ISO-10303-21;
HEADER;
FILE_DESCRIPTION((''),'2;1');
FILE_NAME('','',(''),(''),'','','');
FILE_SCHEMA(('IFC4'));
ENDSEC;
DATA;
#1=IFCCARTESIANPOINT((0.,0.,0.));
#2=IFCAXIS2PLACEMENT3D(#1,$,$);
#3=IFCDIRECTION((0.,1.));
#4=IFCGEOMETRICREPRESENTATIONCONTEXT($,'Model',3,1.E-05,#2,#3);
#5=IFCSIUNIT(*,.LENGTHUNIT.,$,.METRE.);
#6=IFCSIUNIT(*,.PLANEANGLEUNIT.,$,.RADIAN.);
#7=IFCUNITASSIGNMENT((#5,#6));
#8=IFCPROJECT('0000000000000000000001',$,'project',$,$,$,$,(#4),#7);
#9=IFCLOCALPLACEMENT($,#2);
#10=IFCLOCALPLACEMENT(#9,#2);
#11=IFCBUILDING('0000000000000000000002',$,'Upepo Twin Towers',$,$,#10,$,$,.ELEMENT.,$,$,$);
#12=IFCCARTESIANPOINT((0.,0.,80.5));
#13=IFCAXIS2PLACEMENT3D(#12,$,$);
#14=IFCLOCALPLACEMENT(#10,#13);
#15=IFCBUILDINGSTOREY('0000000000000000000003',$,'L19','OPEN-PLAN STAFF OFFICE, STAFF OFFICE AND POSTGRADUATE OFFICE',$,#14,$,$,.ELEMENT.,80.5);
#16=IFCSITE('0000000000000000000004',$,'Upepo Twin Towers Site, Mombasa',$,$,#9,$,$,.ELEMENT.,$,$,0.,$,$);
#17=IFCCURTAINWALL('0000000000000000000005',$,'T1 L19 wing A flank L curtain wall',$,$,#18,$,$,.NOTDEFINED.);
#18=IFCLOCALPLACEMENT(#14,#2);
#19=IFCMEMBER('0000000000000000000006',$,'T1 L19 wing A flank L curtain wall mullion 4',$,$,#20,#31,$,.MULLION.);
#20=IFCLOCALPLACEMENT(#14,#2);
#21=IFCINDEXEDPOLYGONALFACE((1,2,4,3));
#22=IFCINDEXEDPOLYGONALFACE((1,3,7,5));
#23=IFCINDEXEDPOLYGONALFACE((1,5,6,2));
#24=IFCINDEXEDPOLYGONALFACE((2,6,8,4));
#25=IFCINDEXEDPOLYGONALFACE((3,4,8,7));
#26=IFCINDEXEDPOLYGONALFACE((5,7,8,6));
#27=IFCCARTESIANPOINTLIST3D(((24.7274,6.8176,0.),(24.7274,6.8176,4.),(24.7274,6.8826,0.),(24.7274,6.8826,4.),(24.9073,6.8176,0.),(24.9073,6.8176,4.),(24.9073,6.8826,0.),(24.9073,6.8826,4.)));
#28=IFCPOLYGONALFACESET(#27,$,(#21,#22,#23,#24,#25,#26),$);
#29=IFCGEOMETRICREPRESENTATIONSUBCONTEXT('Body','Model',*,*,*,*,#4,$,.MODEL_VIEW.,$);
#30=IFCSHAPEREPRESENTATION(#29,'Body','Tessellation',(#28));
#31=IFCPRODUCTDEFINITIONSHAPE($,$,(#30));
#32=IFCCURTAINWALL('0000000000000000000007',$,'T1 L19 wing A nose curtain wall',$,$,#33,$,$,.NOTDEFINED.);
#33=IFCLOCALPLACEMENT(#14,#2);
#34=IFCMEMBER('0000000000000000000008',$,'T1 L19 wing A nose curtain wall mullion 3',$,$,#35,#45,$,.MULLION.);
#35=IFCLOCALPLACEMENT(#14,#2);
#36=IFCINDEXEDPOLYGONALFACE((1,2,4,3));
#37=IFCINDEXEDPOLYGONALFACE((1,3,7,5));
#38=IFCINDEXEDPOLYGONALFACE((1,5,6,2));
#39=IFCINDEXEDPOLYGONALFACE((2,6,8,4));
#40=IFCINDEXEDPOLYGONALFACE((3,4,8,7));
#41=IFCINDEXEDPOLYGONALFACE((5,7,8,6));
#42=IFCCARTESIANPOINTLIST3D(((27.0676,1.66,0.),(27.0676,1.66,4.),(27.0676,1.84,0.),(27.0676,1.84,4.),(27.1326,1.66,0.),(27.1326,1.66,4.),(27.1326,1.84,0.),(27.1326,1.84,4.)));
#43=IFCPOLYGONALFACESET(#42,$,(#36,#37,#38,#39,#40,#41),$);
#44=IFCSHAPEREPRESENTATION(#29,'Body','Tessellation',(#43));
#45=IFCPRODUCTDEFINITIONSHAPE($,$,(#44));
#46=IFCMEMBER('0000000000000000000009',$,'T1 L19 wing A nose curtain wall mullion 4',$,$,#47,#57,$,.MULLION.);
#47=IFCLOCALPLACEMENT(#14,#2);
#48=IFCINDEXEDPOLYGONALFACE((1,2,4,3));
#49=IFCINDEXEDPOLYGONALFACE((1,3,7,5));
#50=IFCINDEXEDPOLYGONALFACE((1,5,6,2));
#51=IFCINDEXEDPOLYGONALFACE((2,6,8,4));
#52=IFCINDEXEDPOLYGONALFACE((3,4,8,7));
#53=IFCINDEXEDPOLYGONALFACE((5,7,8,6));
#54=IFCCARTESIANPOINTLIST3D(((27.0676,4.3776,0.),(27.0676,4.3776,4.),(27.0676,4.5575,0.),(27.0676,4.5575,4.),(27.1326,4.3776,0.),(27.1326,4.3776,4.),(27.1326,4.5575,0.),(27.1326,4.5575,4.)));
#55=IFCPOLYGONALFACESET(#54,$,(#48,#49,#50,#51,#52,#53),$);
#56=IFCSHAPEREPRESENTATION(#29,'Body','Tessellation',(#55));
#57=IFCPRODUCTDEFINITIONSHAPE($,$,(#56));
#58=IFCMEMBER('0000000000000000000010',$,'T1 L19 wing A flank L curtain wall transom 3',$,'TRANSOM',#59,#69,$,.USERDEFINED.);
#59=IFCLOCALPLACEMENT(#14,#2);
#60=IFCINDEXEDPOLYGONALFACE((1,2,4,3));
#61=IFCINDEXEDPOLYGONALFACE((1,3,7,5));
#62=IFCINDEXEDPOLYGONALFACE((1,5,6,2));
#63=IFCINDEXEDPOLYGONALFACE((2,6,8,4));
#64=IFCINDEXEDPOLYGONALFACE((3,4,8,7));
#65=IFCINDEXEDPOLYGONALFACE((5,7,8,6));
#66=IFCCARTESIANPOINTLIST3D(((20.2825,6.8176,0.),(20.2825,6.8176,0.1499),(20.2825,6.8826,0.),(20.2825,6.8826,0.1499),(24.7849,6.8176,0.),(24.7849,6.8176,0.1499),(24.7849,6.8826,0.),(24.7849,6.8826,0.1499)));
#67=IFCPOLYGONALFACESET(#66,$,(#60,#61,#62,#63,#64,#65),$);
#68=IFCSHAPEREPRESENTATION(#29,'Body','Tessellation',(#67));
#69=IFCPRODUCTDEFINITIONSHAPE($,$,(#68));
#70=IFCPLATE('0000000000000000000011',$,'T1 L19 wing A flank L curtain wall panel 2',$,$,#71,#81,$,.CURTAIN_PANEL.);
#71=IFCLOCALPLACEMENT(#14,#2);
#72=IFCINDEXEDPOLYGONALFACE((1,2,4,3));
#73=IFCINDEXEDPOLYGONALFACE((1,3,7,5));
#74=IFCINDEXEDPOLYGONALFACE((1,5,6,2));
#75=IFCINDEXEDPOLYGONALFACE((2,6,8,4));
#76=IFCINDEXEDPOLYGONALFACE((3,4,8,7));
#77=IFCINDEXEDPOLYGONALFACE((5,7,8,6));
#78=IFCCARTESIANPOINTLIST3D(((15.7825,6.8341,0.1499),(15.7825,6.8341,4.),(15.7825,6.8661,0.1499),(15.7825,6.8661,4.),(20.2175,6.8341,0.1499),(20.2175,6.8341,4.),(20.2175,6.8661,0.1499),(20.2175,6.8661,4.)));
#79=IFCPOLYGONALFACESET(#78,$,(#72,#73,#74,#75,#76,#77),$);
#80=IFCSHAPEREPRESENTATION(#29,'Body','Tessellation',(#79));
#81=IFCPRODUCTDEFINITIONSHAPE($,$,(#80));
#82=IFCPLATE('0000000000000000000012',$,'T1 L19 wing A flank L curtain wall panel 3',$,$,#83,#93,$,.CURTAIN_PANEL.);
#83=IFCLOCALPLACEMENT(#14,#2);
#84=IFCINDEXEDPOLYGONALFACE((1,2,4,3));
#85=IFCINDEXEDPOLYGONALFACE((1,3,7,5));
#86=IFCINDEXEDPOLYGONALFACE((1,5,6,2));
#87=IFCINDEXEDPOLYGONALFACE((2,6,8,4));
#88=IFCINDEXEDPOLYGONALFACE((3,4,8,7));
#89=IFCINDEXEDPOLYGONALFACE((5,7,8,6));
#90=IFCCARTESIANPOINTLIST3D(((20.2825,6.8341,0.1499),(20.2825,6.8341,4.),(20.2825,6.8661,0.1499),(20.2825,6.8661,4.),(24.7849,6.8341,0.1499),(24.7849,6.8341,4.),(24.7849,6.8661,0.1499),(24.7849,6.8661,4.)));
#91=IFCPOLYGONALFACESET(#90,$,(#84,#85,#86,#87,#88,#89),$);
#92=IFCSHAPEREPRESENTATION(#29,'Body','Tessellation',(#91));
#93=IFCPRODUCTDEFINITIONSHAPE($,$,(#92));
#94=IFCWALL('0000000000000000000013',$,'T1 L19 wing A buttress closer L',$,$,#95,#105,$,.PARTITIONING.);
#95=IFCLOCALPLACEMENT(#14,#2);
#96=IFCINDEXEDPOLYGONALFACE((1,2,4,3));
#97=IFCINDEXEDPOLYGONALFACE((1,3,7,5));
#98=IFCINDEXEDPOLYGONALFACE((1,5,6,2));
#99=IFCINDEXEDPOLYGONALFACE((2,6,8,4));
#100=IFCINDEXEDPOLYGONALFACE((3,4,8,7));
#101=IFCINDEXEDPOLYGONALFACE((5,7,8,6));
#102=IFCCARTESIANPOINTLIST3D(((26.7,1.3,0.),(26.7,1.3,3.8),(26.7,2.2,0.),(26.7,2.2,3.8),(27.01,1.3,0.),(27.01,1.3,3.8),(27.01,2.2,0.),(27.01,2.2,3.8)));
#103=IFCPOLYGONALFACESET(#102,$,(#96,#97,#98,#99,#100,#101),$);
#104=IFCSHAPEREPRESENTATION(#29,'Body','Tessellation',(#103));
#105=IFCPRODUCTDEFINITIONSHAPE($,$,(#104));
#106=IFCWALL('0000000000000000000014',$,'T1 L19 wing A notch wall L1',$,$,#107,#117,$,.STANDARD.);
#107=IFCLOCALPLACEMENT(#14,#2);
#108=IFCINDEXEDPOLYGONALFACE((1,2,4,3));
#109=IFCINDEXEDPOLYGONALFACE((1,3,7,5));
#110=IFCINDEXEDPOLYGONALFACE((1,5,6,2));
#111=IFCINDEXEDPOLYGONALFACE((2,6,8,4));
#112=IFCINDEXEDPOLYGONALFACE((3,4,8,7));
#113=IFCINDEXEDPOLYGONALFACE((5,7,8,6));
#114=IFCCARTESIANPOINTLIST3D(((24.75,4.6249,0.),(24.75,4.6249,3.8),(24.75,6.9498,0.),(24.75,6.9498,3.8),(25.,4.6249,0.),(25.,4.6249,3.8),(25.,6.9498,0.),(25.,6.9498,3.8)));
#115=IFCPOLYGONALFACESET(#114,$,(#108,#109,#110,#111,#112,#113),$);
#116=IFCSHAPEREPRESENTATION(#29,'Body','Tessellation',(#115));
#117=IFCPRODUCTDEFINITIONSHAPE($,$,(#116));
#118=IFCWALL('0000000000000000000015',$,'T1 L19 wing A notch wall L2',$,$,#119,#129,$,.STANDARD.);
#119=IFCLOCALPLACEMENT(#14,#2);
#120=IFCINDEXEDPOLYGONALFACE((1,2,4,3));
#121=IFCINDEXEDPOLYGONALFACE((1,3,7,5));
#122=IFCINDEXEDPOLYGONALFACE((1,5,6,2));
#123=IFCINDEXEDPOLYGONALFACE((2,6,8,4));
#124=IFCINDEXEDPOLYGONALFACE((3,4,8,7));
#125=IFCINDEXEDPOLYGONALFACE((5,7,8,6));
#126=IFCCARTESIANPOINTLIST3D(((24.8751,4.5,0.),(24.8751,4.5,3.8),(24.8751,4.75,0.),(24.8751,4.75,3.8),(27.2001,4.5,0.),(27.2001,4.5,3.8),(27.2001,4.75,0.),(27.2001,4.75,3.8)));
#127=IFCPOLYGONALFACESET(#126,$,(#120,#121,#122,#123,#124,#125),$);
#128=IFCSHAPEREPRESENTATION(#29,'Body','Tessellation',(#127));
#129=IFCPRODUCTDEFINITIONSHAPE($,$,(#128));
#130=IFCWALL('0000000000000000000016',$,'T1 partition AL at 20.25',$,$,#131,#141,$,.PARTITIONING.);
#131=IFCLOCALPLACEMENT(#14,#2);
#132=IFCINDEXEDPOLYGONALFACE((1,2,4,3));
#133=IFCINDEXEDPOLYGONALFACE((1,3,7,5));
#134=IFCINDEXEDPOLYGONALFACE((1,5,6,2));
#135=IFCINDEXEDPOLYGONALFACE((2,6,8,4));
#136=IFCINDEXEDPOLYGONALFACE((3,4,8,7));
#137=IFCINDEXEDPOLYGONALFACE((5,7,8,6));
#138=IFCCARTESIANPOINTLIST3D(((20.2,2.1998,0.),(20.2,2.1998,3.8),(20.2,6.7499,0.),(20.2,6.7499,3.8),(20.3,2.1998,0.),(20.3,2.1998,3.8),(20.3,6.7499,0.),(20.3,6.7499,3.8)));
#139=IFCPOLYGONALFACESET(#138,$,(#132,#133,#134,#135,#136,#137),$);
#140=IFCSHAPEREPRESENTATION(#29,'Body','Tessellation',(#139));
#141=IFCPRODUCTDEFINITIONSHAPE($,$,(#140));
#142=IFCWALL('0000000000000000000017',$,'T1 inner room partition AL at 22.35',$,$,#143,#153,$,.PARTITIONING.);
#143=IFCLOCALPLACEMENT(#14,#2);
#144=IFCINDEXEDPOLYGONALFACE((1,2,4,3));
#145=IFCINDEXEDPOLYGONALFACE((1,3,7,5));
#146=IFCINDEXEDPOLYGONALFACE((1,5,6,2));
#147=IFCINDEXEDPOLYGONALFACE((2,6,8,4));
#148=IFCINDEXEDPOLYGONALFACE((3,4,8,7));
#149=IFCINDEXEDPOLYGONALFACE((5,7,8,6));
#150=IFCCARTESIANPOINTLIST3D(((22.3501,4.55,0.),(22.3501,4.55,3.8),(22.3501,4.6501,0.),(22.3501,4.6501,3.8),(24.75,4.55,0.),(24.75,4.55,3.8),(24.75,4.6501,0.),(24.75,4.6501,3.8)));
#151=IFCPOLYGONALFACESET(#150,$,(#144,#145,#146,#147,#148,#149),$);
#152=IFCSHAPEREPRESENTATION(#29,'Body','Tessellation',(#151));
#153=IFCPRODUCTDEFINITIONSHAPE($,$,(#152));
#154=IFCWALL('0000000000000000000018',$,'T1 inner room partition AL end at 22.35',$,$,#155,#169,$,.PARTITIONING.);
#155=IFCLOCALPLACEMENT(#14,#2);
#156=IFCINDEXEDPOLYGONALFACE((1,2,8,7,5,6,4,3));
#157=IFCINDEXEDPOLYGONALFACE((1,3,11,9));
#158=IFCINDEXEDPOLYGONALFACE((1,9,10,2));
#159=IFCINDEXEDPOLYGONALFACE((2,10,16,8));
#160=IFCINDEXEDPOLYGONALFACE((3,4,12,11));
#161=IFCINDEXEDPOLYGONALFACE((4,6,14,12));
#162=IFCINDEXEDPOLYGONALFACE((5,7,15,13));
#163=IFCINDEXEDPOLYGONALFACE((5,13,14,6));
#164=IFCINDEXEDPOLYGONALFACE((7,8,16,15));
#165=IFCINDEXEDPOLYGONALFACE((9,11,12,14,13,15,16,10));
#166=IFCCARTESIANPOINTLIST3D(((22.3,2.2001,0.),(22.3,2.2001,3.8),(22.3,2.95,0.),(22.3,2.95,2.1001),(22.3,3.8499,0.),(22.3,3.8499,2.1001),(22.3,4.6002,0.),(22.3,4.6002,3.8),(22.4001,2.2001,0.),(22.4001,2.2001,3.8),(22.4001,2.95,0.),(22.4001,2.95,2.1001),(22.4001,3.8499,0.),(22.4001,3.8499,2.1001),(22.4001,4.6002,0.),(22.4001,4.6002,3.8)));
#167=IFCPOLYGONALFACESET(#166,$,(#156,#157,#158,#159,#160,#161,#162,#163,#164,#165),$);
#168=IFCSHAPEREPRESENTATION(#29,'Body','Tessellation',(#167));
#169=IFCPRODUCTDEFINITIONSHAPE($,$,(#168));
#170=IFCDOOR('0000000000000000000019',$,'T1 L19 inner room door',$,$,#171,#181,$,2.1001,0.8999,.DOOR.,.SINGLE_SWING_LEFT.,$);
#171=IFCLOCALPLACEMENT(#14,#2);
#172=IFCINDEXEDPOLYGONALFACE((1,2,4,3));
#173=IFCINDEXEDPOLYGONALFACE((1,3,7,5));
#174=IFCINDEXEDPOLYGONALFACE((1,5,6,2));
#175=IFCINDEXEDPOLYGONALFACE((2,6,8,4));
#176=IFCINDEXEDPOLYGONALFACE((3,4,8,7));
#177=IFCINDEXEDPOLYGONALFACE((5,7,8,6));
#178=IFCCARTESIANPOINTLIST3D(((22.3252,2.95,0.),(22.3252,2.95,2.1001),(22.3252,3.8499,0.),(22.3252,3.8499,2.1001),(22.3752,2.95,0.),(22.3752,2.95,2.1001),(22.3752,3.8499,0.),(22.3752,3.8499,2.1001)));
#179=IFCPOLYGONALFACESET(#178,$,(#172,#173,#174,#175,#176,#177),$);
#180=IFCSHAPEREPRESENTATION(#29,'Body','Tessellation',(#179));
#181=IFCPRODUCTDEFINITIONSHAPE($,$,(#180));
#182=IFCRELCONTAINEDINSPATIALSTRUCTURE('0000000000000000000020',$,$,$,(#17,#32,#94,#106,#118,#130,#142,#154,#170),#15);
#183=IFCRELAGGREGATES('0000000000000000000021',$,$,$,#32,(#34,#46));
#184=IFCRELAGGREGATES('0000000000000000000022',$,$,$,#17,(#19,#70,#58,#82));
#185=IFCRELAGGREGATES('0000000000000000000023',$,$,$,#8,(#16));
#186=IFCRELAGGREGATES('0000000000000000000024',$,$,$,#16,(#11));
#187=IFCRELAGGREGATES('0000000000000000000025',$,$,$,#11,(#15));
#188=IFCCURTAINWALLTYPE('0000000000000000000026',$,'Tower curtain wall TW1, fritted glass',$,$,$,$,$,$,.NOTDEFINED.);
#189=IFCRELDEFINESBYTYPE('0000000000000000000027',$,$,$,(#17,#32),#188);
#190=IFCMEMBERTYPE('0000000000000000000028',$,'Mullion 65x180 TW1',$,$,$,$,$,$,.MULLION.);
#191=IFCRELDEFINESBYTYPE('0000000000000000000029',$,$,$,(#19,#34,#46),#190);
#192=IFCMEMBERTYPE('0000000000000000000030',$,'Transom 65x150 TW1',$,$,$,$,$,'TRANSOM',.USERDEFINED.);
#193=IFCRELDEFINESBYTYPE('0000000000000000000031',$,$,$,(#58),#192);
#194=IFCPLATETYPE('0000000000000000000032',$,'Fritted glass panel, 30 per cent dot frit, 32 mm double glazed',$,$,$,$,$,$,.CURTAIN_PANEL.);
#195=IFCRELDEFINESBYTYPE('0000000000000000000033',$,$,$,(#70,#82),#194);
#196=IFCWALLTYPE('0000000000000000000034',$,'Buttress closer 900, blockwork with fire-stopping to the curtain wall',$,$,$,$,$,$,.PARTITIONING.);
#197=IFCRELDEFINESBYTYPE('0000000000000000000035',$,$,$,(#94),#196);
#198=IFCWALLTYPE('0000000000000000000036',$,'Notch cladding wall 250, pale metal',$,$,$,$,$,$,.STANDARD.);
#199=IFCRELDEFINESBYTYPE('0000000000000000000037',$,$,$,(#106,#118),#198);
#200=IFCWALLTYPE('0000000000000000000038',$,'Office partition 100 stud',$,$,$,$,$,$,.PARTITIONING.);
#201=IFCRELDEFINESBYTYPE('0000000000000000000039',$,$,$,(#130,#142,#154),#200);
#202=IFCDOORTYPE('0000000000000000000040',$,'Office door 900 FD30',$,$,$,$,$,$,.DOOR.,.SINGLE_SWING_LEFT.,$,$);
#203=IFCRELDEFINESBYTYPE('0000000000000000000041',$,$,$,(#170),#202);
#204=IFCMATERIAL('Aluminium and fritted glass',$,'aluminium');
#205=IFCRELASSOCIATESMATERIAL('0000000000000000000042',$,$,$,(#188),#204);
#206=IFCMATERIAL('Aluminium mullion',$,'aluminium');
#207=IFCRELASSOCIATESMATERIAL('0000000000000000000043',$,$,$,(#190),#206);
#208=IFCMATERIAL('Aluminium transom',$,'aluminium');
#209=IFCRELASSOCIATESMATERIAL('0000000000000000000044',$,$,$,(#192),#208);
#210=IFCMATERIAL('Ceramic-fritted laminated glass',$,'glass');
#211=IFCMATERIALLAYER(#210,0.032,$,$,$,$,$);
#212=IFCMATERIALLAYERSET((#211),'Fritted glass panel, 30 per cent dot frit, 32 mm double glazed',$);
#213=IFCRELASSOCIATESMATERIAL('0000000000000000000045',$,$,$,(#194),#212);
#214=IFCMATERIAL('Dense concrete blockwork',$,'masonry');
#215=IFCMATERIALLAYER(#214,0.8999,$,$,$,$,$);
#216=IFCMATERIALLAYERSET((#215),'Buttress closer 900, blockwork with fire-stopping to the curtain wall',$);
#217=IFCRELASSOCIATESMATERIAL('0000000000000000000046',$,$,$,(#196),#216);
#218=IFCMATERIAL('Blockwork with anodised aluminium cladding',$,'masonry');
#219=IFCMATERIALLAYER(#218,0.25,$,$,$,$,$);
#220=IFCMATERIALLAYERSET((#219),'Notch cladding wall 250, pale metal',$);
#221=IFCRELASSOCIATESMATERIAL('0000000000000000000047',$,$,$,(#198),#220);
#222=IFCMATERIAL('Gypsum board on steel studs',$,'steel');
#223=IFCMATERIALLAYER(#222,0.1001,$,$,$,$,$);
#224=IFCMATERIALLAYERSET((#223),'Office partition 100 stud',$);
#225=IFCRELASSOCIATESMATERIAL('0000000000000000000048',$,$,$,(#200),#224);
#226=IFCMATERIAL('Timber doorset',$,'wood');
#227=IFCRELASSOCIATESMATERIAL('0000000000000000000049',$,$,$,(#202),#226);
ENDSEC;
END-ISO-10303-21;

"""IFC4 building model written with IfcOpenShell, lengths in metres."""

from ifc_helpers import new_model, si_unit, direction, frame, frame_2d, origin, origin_2d, place, context, subcontext, project, spatial, rectangle, extrude, material, layer, layer_set, material_profile, profile_set, type_object, element, fill, aggregate, save


model = new_model("IFC4")

# Units and contexts
model_context = context("Model", 3, precision=1e-05, world=origin(), true_north=direction((0.0, 1.0)))
body_context = subcontext(model_context, "Body", "Model", "MODEL_VIEW")
ifc_project = project(units=[si_unit("LENGTHUNIT", "METRE"), si_unit("PLANEANGLEUNIT", "RADIAN")], contexts=[model_context])

# Site, building, storey
site_placement = place(None, origin())
site = spatial("IfcSite", under=ifc_project, at=site_placement, Name="Upepo Twin Towers Site, Mombasa", CompositionType="ELEMENT", RefElevation=0.0)
building_placement = place(site_placement, origin())
building = spatial("IfcBuilding", under=site, at=building_placement, Name="Upepo Twin Towers", CompositionType="ELEMENT")
storey_placement = place(building_placement, frame((0.0, 0.0, 80.5)))
storey = spatial("IfcBuildingStorey", under=building, at=storey_placement, Name="L19", Description="OPEN-PLAN STAFF OFFICE, STAFF OFFICE AND POSTGRADUATE OFFICE", CompositionType="ELEMENT", Elevation=80.5)

# Curtain walls, members
ifc_material_1 = material(Name="Aluminium and fritted glass", Category="aluminium")
curtain_wall_type = type_object("IfcCurtainWallType", Name="Tower curtain wall TW1, fritted glass", PredefinedType="NOTDEFINED", material=ifc_material_1)
curtain_wall_1_placement = place(storey_placement, origin())
curtain_wall_1 = element("IfcCurtainWall", 1, at=curtain_wall_1_placement, inside=storey, type_object=curtain_wall_type, Name="T1 L19 wing A flank L curtain wall", PredefinedType="NOTDEFINED")
ifc_material_2 = material(Name="Aluminium mullion", Category="aluminium")
ifc_material_profile_1 = material_profile(ifc_material_2, rectangle(XDim=0.0649, YDim=0.1799, at=origin_2d()), Name="MULLION 65x180")
ifc_profile_set_1 = profile_set([ifc_material_profile_1], Name="Aluminium mullion")
member_type_1 = type_object("IfcMemberType", Name="Mullion 65x180 TW1", PredefinedType="MULLION", material=ifc_profile_set_1)
member_1_placement = place(storey_placement, frame((24.8174, 6.8501, 0.0), z_axis=(0.0, 0.0, 1.0), x_axis=(0.0, 1.0, 0.0)))
member_1 = element("IfcMember", 2, at=member_1_placement, type_object=member_type_1, Name="T1 L19 wing A flank L curtain wall mullion 4", PredefinedType="MULLION", context=body_context, shape_type="SweptSolid", body=[
    extrude(rectangle(XDim=0.0649, YDim=0.1799, at=origin_2d()), origin(), (0.0, 0.0, 1.0), 4.0),
])
curtain_wall_2_placement = place(storey_placement, origin())
curtain_wall_2 = element("IfcCurtainWall", 3, at=curtain_wall_2_placement, inside=storey, type_object=curtain_wall_type, Name="T1 L19 wing A nose curtain wall", PredefinedType="NOTDEFINED")
member_2_placement = place(storey_placement, frame((27.1001, 1.75, 0.0), z_axis=(0.0, 0.0, 1.0), x_axis=(-1.0, 0.0, 0.0)))
member_2 = element("IfcMember", 4, at=member_2_placement, type_object=member_type_1, Name="T1 L19 wing A nose curtain wall mullion 3", PredefinedType="MULLION", context=body_context, shape_type="SweptSolid", body=[
    extrude(rectangle(XDim=0.0649, YDim=0.1799, at=origin_2d()), origin(), (0.0, 0.0, 1.0), 4.0),
])
member_3_placement = place(storey_placement, frame((27.1001, 4.4675, 0.0), z_axis=(0.0, 0.0, 1.0), x_axis=(-1.0, 0.0, 0.0)))
member_3 = element("IfcMember", 5, at=member_3_placement, type_object=member_type_1, Name="T1 L19 wing A nose curtain wall mullion 4", PredefinedType="MULLION", context=body_context, shape_type="SweptSolid", body=[
    extrude(rectangle(XDim=0.0649, YDim=0.1799, at=origin_2d()), origin(), (0.0, 0.0, 1.0), 4.0),
])
aggregate(curtain_wall_2, [member_2, member_3])

# Member
ifc_material_3 = material(Name="Aluminium transom", Category="aluminium")
ifc_material_profile_2 = material_profile(ifc_material_3, rectangle(XDim=0.0649, YDim=0.1499, at=origin_2d()), Name="TRANSOM 65x150")
ifc_profile_set_2 = profile_set([ifc_material_profile_2], Name="Aluminium transom")
member_type_2 = type_object("IfcMemberType", Name="Transom 65x150 TW1", ElementType="TRANSOM", PredefinedType="USERDEFINED", material=ifc_profile_set_2)
member_4_placement = place(storey_placement, frame((20.2825, 6.8501, 0.075), z_axis=(1.0, 0.0, 0.0), x_axis=(0.0, 1.0, 0.0)))
member_4 = element("IfcMember", 6, at=member_4_placement, type_object=member_type_2, Name="T1 L19 wing A flank L curtain wall transom 3", ObjectType="TRANSOM", PredefinedType="USERDEFINED", context=body_context, shape_type="SweptSolid", body=[
    extrude(rectangle(XDim=0.0649, YDim=0.1499, at=origin_2d()), origin(), (0.0, 0.0, 1.0), 4.5024),
])

# Plates
ifc_material_4 = material(Name="Ceramic-fritted laminated glass", Category="glass")
ifc_layer_1 = layer(ifc_material_4, 0.032)
ifc_layer_set_1 = layer_set([ifc_layer_1], Name="Fritted glass panel, 30 per cent dot frit, 32 mm double glazed")
plate_type = type_object("IfcPlateType", Name="Fritted glass panel, 30 per cent dot frit, 32 mm double glazed", PredefinedType="CURTAIN_PANEL", material=ifc_layer_set_1)
plate_1_placement = place(storey_placement, frame((18.0, 6.8501, 0.1499), z_axis=(0.0, 0.0, 1.0), x_axis=(1.0, 0.0, 0.0)))
plate_1 = element("IfcPlate", 7, at=plate_1_placement, type_object=plate_type, Name="T1 L19 wing A flank L curtain wall panel 2", PredefinedType="CURTAIN_PANEL", context=body_context, shape_type="SweptSolid", body=[
    extrude(rectangle(XDim=4.4351, YDim=0.032, at=origin_2d()), origin(), (0.0, 0.0, 1.0), 3.8501),
])
plate_2_placement = place(storey_placement, frame((22.5337, 6.8501, 0.1499), z_axis=(0.0, 0.0, 1.0), x_axis=(1.0, 0.0, 0.0)))
plate_2 = element("IfcPlate", 8, at=plate_2_placement, type_object=plate_type, Name="T1 L19 wing A flank L curtain wall panel 3", PredefinedType="CURTAIN_PANEL", context=body_context, shape_type="SweptSolid", body=[
    extrude(rectangle(XDim=4.5024, YDim=0.032, at=origin_2d()), origin(), (0.0, 0.0, 1.0), 3.8501),
])
aggregate(curtain_wall_1, [member_1, plate_1, member_4, plate_2])

# Walls
ifc_material_5 = material(Name="Dense concrete blockwork", Category="masonry")
ifc_layer_2 = layer(ifc_material_5, 0.8999)
ifc_layer_set_2 = layer_set([ifc_layer_2], Name="Buttress closer 900, blockwork with fire-stopping to the curtain wall")
wall_type_1 = type_object("IfcWallType", Name="Buttress closer 900, blockwork with fire-stopping to the curtain wall", PredefinedType="PARTITIONING", material=ifc_layer_set_2)
wall_1_placement = place(storey_placement, frame((26.7, 1.75, 0.0), z_axis=(0.0, 0.0, 1.0), x_axis=(1.0, 0.0, 0.0)))
element("IfcWall", 9, at=wall_1_placement, inside=storey, type_object=wall_type_1, Name="T1 L19 wing A buttress closer L", PredefinedType="PARTITIONING", context=body_context, shape_type="SweptSolid", body=[
    extrude(rectangle(XDim=0.3101, YDim=0.8999, at=frame_2d((0.155, 0.0))), origin(), (0.0, 0.0, 1.0), 3.8),
])
ifc_material_6 = material(Name="Blockwork with anodised aluminium cladding", Category="masonry")
ifc_layer_3 = layer(ifc_material_6, 0.25)
ifc_layer_set_3 = layer_set([ifc_layer_3], Name="Notch cladding wall 250, pale metal")
wall_type_2 = type_object("IfcWallType", Name="Notch cladding wall 250, pale metal", PredefinedType="STANDARD", material=ifc_layer_set_3)
for number, where, z_axis, x_axis, name in (
    (10, (24.875, 6.95, 0.0), (0.0, 0.0, 1.0), (0.0, -1.0, 0.0), "T1 L19 wing A notch wall L1"),
    (11, (24.875, 4.625, 0.0), (0.0, 0.0, 1.0), (1.0, 0.0, 0.0), "T1 L19 wing A notch wall L2"),
):
    element("IfcWall", number, at=place(storey_placement, frame(where, z_axis=z_axis, x_axis=x_axis)), inside=storey, type_object=wall_type_2, Name=name, PredefinedType="STANDARD", context=body_context, shape_type="SweptSolid", body=[
        extrude(rectangle(XDim=2.325, YDim=0.25, at=frame_2d((1.1626, 0.0))), origin(), (0.0, 0.0, 1.0), 3.8),
    ])
ifc_material_7 = material(Name="Gypsum board on steel studs", Category="steel")
ifc_layer_4 = layer(ifc_material_7, 0.1001)
ifc_layer_set_4 = layer_set([ifc_layer_4], Name="Office partition 100 stud")
wall_type_3 = type_object("IfcWallType", Name="Office partition 100 stud", PredefinedType="PARTITIONING", material=ifc_layer_set_4)
wall_2_placement = place(storey_placement, frame((20.25, 2.2, 0.0), z_axis=(0.0, 0.0, 1.0), x_axis=(0.0, 1.0, 0.0)))
element("IfcWall", 12, at=wall_2_placement, inside=storey, type_object=wall_type_3, Name="T1 partition AL at 20.25", PredefinedType="PARTITIONING", context=body_context, shape_type="SweptSolid", body=[
    extrude(rectangle(XDim=4.55, YDim=0.1001, at=frame_2d((2.2749, 0.0))), origin(), (0.0, 0.0, 1.0), 3.8),
])
wall_3_placement = place(storey_placement, frame((22.3501, 4.6001, 0.0), z_axis=(0.0, 0.0, 1.0), x_axis=(1.0, 0.0, 0.0)))
element("IfcWall", 13, at=wall_3_placement, inside=storey, type_object=wall_type_3, Name="T1 inner room partition AL at 22.35", PredefinedType="PARTITIONING", context=body_context, shape_type="SweptSolid", body=[
    extrude(rectangle(XDim=2.3999, YDim=0.1001, at=frame_2d((1.2, 0.0))), origin(), (0.0, 0.0, 1.0), 3.8),
])

# Wall, opening, door
wall_4_placement = place(storey_placement, frame((22.3501, 2.2, 0.0), z_axis=(0.0, 0.0, 1.0), x_axis=(0.0, 1.0, 0.0)))
wall_4 = element("IfcWall", 14, at=wall_4_placement, inside=storey, type_object=wall_type_3, Name="T1 inner room partition AL end at 22.35", PredefinedType="PARTITIONING", context=body_context, shape_type="SweptSolid", body=[
    extrude(rectangle(XDim=2.4001, YDim=0.1001, at=frame_2d((1.2002, 0.0))), origin(), (0.0, 0.0, 1.0), 3.8),
])
opening_placement = place(wall_4_placement, frame((0.75, 0.0, 0.0)))
opening = element("IfcOpeningElement", 15, at=opening_placement, cuts=wall_4, PredefinedType="OPENING", context=body_context, shape_type="SweptSolid", body=[
    extrude(rectangle(XDim=0.8999, YDim=2.1001, at=frame_2d((0.45, 1.05))), frame((0.0, 0.0601, 0.0), z_axis=(0.0, -1.0, 0.0), x_axis=(1.0, 0.0, 0.0)), (0.0, 0.0, 1.0), 0.1201),
])
ifc_material_8 = material(Name="Timber doorset", Category="wood")
door_type = type_object("IfcDoorType", Name="Office door 900 FD30", OperationType="SINGLE_SWING_LEFT", PredefinedType="DOOR", material=ifc_material_8)
door_placement = place(opening_placement, origin())
door = element("IfcDoor", 16, at=door_placement, inside=storey, type_object=door_type, Name="T1 L19 inner room door", OperationType="SINGLE_SWING_LEFT", OverallHeight=2.1001, OverallWidth=0.8999, PredefinedType="DOOR", context=body_context, shape_type="SweptSolid", body=[
    extrude(rectangle(XDim=0.8999, YDim=2.1001, at=frame_2d((0.45, 1.05))), frame((0.0, 0.0249, 0.0), z_axis=(0.0, -1.0, 0.0), x_axis=(1.0, 0.0, 0.0)), (0.0, 0.0, 1.0), 0.05),
])
fill(opening, door)

save(model, "model.ifc")
